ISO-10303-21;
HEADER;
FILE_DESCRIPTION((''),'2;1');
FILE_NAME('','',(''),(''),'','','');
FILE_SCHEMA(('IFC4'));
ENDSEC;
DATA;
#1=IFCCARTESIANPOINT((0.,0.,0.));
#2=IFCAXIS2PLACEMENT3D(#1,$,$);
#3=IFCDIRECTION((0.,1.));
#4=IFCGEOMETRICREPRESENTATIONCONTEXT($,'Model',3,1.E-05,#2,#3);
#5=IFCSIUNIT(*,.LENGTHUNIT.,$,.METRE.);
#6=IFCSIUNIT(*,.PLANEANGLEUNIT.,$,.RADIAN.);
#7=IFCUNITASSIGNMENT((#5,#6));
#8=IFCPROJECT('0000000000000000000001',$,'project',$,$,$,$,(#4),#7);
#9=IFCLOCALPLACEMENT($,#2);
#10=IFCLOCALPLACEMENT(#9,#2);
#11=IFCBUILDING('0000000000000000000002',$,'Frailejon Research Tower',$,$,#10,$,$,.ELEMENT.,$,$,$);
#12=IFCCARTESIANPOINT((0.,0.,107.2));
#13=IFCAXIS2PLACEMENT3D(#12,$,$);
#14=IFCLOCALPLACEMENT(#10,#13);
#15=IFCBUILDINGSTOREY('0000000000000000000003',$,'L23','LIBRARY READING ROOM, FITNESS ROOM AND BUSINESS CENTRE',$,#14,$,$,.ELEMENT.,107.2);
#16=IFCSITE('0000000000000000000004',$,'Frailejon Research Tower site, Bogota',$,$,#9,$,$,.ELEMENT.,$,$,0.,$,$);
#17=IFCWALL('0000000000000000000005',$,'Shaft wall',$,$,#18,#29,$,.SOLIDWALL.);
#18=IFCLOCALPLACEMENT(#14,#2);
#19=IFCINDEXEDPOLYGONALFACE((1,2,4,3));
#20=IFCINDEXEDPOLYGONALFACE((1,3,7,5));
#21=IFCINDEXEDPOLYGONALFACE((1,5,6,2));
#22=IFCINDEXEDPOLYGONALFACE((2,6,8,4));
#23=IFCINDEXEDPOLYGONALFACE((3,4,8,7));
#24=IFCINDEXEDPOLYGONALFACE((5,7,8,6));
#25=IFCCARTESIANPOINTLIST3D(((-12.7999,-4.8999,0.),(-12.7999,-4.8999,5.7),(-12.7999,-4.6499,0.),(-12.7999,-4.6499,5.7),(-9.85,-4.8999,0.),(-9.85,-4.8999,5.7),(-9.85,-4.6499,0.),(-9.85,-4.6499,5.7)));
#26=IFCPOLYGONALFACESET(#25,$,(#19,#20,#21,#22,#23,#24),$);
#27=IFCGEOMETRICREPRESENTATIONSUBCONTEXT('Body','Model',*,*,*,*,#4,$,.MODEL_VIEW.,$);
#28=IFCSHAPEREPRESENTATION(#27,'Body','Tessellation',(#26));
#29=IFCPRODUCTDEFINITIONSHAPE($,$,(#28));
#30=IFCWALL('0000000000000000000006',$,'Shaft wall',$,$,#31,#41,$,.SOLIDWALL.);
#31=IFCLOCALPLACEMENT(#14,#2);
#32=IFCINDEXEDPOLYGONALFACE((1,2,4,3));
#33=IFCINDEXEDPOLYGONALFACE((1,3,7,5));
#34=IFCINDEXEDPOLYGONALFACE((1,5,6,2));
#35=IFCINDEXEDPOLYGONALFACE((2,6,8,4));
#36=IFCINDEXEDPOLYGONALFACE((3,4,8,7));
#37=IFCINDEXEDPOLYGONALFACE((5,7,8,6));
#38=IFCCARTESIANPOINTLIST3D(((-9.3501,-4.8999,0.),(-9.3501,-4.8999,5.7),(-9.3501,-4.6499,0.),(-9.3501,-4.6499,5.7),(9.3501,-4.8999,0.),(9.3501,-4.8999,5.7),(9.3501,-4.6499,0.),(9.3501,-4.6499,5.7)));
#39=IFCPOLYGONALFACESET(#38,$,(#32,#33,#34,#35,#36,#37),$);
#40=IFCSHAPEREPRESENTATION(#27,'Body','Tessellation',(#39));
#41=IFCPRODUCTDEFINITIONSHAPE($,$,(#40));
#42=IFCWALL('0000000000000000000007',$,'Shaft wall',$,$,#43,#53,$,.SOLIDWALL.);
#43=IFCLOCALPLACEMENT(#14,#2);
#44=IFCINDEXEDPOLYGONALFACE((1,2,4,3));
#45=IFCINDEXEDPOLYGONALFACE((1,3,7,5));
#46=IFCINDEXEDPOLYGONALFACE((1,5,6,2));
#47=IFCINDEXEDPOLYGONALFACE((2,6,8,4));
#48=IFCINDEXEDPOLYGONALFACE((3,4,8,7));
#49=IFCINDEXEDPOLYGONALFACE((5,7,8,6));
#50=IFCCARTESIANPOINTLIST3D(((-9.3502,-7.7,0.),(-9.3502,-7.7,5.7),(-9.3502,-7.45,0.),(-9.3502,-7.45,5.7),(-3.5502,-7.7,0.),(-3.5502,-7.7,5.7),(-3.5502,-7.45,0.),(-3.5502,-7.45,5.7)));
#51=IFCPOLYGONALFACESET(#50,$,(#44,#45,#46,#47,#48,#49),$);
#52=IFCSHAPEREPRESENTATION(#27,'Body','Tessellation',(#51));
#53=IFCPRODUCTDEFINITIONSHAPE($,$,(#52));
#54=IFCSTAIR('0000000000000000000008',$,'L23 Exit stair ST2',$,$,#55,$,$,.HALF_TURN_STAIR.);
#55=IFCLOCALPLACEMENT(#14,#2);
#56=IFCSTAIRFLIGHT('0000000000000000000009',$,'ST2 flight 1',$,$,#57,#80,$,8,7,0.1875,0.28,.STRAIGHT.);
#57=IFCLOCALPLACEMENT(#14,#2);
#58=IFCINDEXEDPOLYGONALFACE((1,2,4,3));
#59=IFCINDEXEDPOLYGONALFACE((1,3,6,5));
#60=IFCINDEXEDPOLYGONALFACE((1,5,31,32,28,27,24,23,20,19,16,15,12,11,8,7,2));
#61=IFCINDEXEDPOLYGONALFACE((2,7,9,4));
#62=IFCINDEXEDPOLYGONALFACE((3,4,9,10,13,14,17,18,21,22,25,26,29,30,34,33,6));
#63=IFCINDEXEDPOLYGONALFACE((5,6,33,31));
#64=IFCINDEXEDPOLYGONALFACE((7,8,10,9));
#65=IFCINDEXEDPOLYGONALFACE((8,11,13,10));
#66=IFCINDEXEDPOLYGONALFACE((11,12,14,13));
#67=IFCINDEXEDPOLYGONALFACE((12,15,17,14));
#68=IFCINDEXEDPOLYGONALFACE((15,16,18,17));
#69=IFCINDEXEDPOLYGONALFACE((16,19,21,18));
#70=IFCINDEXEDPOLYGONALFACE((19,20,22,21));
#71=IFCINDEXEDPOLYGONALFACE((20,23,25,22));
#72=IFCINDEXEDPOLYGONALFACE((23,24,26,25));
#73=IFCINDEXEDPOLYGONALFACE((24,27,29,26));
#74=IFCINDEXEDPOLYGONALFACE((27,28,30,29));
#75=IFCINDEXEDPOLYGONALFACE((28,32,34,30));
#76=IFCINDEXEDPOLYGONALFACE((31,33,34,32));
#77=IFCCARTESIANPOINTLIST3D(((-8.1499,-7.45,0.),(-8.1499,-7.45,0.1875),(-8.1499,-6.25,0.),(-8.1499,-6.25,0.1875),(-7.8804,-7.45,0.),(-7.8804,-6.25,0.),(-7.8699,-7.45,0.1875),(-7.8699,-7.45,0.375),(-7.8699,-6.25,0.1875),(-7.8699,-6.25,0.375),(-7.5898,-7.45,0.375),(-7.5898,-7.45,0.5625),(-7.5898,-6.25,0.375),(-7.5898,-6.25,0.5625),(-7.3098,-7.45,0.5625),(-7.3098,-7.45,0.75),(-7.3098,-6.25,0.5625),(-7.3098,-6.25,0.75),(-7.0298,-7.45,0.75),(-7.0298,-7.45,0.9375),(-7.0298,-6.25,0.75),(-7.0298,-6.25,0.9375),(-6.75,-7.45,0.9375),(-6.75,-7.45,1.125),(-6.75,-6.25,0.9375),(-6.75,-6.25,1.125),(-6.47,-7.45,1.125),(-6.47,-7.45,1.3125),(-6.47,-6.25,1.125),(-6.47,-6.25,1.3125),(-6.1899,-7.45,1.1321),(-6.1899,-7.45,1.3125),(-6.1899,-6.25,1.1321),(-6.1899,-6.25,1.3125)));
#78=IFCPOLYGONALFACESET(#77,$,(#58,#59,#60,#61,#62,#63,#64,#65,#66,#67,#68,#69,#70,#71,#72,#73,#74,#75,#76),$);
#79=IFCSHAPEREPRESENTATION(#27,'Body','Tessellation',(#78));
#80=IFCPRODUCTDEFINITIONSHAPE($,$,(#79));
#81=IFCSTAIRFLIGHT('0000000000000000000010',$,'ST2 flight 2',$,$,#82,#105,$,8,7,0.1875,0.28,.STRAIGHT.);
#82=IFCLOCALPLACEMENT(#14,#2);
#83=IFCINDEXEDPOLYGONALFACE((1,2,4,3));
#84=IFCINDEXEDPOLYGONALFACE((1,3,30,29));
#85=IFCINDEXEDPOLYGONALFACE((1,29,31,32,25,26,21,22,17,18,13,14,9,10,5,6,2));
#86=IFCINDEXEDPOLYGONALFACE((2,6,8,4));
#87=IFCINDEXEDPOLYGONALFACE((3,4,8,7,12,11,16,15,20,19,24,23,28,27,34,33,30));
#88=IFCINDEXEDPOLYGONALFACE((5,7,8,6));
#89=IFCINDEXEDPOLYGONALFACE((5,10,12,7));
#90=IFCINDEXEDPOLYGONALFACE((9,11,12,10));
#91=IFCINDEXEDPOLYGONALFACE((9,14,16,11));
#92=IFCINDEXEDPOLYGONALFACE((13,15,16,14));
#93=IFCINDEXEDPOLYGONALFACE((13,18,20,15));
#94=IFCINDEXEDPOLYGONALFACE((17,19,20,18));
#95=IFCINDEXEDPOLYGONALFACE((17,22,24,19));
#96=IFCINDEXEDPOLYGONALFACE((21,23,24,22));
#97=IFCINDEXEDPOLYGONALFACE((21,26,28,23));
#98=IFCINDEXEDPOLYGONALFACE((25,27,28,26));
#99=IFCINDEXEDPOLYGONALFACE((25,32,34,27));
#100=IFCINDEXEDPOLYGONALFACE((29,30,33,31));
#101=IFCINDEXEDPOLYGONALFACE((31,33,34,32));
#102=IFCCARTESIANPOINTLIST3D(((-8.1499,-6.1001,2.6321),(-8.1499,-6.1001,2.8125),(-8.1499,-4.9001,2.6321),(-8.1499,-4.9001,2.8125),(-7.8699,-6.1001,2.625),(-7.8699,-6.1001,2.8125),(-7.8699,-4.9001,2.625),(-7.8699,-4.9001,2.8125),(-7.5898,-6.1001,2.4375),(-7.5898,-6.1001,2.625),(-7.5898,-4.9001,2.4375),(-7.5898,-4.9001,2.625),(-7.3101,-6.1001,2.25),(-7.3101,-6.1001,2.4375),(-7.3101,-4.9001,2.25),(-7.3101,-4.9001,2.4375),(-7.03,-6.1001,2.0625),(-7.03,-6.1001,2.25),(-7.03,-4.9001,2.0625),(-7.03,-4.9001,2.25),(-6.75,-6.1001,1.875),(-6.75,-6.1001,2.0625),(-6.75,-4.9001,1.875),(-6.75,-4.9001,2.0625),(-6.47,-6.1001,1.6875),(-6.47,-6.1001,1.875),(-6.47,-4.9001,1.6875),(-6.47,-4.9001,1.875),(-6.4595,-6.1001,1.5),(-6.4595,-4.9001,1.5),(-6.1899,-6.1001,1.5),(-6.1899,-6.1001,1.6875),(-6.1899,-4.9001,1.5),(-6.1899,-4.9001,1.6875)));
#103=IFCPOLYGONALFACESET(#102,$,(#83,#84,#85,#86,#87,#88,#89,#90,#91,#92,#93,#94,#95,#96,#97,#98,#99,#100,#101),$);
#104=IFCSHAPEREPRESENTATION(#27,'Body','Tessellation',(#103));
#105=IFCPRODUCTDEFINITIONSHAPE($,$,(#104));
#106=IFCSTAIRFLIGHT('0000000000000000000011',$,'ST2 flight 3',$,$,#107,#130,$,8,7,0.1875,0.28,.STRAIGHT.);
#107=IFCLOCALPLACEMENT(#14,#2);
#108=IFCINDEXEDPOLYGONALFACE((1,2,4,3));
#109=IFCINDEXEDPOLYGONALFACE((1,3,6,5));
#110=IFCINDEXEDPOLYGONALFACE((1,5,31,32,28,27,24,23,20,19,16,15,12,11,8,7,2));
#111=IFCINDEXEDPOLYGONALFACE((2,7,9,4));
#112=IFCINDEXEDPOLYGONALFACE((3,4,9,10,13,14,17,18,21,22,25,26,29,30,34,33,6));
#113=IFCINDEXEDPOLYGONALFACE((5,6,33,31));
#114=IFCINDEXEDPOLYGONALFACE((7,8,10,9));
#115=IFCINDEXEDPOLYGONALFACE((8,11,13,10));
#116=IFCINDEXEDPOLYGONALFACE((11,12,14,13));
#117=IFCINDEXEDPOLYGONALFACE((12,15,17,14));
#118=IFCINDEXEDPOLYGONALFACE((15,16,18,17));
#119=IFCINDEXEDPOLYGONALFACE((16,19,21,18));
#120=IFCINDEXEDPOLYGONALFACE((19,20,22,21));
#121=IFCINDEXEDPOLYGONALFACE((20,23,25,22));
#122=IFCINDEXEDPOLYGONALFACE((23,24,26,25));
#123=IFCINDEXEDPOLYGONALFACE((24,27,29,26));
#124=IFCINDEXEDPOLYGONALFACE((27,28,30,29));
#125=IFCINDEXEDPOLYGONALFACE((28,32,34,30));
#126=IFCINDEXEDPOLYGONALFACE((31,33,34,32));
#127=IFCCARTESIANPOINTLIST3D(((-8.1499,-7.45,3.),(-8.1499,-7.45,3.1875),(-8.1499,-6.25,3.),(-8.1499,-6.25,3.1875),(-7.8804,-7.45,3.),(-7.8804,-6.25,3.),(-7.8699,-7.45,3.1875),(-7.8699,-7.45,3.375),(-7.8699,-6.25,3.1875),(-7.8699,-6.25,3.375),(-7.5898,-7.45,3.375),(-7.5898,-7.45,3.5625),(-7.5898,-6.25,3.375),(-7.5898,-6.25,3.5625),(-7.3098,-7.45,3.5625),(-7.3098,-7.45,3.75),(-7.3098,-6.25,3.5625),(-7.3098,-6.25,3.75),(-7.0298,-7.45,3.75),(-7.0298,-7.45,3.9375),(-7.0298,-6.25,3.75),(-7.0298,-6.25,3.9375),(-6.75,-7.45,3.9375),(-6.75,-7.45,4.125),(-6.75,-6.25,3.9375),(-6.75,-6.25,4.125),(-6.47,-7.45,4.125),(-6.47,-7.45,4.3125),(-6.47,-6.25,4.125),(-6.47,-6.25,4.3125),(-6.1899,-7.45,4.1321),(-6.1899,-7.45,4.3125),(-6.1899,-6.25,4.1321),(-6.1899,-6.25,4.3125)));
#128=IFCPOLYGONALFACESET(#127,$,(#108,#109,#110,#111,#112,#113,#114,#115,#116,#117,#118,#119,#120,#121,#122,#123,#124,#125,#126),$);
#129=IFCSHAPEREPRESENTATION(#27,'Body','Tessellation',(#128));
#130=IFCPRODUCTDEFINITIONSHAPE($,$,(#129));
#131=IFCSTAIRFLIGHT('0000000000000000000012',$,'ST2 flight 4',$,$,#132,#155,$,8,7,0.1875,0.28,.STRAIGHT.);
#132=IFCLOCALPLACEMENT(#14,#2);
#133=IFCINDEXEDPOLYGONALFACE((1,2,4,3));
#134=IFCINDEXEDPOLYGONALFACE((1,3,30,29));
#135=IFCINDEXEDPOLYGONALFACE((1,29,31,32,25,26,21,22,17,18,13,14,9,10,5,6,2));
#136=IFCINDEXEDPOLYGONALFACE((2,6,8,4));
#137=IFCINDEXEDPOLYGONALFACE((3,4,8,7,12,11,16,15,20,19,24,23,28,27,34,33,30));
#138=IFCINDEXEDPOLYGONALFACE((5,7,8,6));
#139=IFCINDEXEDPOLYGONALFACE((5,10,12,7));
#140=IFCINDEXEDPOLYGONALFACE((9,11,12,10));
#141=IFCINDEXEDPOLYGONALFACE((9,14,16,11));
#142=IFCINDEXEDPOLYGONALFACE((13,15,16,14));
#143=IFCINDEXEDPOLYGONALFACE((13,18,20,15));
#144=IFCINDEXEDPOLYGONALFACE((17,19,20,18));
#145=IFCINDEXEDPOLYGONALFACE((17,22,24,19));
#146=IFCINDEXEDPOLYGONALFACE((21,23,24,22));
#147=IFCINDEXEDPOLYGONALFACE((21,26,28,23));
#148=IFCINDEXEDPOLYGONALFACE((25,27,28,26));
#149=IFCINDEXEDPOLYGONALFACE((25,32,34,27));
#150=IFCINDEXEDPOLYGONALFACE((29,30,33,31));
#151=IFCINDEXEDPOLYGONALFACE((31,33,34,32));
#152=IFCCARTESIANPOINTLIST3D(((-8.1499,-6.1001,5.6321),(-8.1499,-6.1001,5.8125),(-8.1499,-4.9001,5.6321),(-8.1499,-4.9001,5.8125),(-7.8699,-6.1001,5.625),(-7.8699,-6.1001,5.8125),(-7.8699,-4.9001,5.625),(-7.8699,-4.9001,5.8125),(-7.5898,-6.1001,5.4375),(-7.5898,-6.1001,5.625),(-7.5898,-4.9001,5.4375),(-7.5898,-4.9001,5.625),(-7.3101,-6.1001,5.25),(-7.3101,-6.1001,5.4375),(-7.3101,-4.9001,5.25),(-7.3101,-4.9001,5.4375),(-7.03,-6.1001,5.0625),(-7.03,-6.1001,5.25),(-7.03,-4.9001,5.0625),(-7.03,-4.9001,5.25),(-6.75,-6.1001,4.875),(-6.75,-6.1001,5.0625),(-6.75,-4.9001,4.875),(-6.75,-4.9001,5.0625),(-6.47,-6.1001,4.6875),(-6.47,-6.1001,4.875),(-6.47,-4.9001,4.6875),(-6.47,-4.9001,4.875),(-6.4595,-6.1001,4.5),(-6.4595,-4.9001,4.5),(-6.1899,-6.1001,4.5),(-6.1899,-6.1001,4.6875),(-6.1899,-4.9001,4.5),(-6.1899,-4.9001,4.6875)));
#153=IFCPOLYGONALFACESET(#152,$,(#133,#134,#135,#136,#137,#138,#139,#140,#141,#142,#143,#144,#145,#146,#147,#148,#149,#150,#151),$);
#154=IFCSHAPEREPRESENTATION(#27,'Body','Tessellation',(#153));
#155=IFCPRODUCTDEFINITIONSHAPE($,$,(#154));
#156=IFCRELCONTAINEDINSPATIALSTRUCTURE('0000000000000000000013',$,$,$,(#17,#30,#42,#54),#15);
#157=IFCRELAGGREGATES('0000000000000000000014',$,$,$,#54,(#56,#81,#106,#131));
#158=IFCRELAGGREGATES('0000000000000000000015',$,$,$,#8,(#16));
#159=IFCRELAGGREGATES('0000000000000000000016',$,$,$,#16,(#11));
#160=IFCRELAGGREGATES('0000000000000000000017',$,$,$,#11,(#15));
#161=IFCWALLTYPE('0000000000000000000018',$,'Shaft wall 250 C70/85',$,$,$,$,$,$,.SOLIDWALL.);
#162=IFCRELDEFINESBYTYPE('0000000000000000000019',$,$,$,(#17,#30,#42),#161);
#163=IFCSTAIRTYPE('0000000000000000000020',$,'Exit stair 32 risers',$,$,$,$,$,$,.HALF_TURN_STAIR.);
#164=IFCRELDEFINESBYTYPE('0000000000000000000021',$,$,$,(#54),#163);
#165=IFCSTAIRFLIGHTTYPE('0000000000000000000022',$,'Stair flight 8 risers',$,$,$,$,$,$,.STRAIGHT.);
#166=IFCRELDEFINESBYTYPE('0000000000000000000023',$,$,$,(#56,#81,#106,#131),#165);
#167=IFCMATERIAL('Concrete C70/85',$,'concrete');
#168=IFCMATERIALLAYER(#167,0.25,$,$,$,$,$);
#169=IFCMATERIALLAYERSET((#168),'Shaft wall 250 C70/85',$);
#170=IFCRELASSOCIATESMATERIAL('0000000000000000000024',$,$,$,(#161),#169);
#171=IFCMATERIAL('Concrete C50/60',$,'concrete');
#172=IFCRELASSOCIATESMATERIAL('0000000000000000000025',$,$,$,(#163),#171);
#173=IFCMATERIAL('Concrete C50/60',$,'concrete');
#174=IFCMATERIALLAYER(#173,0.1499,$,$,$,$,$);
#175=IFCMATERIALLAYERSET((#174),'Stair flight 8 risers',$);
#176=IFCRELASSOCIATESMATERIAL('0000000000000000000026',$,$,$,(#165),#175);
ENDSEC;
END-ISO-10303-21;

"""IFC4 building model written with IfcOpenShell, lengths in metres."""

from ifc_helpers import new_model, si_unit, direction, frame, frame_2d, origin, place, context, subcontext, project, spatial, polyline, rectangle, outline, extrude, material, layer, layer_set, type_object, element, aggregate, save


model = new_model("IFC4")

# Units and contexts
model_context = context("Model", 3, precision=1e-05, world=origin(), true_north=direction((0.0, 1.0)))
body_context = subcontext(model_context, "Body", "Model", "MODEL_VIEW")
ifc_project = project(units=[si_unit("LENGTHUNIT", "METRE"), si_unit("PLANEANGLEUNIT", "RADIAN")], contexts=[model_context])

# Site, building, storey
site_placement = place(None, origin())
site = spatial("IfcSite", under=ifc_project, at=site_placement, Name="Frailejon Research Tower site, Bogota", CompositionType="ELEMENT", RefElevation=0.0)
building_placement = place(site_placement, origin())
building = spatial("IfcBuilding", under=site, at=building_placement, Name="Frailejon Research Tower", CompositionType="ELEMENT")
storey_placement = place(building_placement, frame((0.0, 0.0, 107.2)))
storey = spatial("IfcBuildingStorey", under=building, at=storey_placement, Name="L23", Description="LIBRARY READING ROOM, FITNESS ROOM AND BUSINESS CENTRE", CompositionType="ELEMENT", Elevation=107.2)

# Shared definitions
ifc_material_1 = material(Name="Concrete C70/85", Category="concrete")
ifc_layer_1 = layer(ifc_material_1, 0.25)
ifc_layer_set_1 = layer_set([ifc_layer_1], Name="Shaft wall 250 C70/85")
wall_type_1 = type_object("IfcWallType", Name="Shaft wall 250 C70/85", PredefinedType="SOLIDWALL", material=ifc_layer_set_1)

# Walls
wall_1_placement = place(storey_placement, frame((-12.8, -4.7749, 0.0), z_axis=(0.0, 0.0, 1.0), x_axis=(1.0, 0.0, 0.0)))
element("IfcWall", 1, at=wall_1_placement, inside=storey, type_object=wall_type_1, Name="Shaft wall", PredefinedType="SOLIDWALL", context=body_context, shape_type="SweptSolid", body=[
    extrude(rectangle(XDim=2.95, YDim=0.25, at=frame_2d((1.4751, 0.0))), origin(), (0.0, 0.0, 1.0), 5.7),
])
wall_2_placement = place(storey_placement, frame((-9.3501, -4.7749, 0.0), z_axis=(0.0, 0.0, 1.0), x_axis=(1.0, 0.0, 0.0)))
element("IfcWall", 2, at=wall_2_placement, inside=storey, type_object=wall_type_1, Name="Shaft wall", PredefinedType="SOLIDWALL", context=body_context, shape_type="SweptSolid", body=[
    extrude(rectangle(XDim=18.7002, YDim=0.25, at=frame_2d((9.3501, 0.0))), origin(), (0.0, 0.0, 1.0), 5.7),
])
wall_3_placement = place(storey_placement, frame((-9.3501, -7.575, 0.0), z_axis=(0.0, 0.0, 1.0), x_axis=(1.0, 0.0, 0.0)))
element("IfcWall", 3, at=wall_3_placement, inside=storey, type_object=wall_type_1, Name="Shaft wall", PredefinedType="SOLIDWALL", context=body_context, shape_type="SweptSolid", body=[
    extrude(rectangle(XDim=5.8, YDim=0.25, at=frame_2d((2.8999, 0.0))), origin(), (0.0, 0.0, 1.0), 5.7),
])

# Stair, stair flights
ifc_material_2 = material(Name="Concrete C50/60", Category="concrete")
stair_type = type_object("IfcStairType", Name="Exit stair 32 risers", PredefinedType="HALF_TURN_STAIR", material=ifc_material_2)
stair_placement = place(storey_placement, origin())
stair = element("IfcStair", 4, at=stair_placement, inside=storey, type_object=stair_type, Name="L23 Exit stair ST2", PredefinedType="HALF_TURN_STAIR")
ifc_material_3 = material(Name="Concrete C50/60", Category="concrete")
ifc_layer_2 = layer(ifc_material_3, 0.1499)
ifc_layer_set_2 = layer_set([ifc_layer_2], Name="Stair flight 8 risers")
stair_flight_type = type_object("IfcStairFlightType", Name="Stair flight 8 risers", PredefinedType="STRAIGHT", material=ifc_layer_set_2)
stair_flight_1_placement = place(storey_placement, frame((-8.1499, -6.8501, 0.0), z_axis=(0.0, 0.0, 1.0), x_axis=(1.0, 0.0, 0.0)))
stair_flight_1 = element("IfcStairFlight", 5, at=stair_flight_1_placement, type_object=stair_flight_type, Name="ST2 flight 1", NumberOfRisers=8, NumberOfTreads=7, PredefinedType="STRAIGHT", RiserHeight=0.1875, TreadLength=0.28, context=body_context, shape_type="SweptSolid", body=[
    extrude(outline(polyline([(0.0, 0.0), (0.0, 0.1875), (0.28, 0.1875), (0.28, 0.375), (0.5601, 0.375), (0.5601, 0.5625), (0.8401, 0.5625), (0.8401, 0.75), (1.1201, 0.75), (1.1201, 0.9375), (1.3999, 0.9375), (1.3999, 1.125), (1.6799, 1.125), (1.6799, 1.3125), (1.96, 1.3125), (1.96, 1.5), (1.96, 1.1321), (0.2695, 0.0), (0.0, 0.0)])), frame((0.0, 0.6001, 0.0), z_axis=(0.0, -1.0, 0.0), x_axis=(1.0, 0.0, 0.0)), (0.0, 0.0, 1.0), 1.2),
])
stair_flight_2_placement = place(storey_placement, frame((-6.1899, -5.5, 1.5), z_axis=(0.0, 0.0, 1.0), x_axis=(-1.0, 0.0, 0.0)))
stair_flight_2 = element("IfcStairFlight", 6, at=stair_flight_2_placement, type_object=stair_flight_type, Name="ST2 flight 2", NumberOfRisers=8, NumberOfTreads=7, PredefinedType="STRAIGHT", RiserHeight=0.1875, TreadLength=0.28, context=body_context, shape_type="SweptSolid", body=[
    extrude(outline(polyline([(0.0, 0.0), (0.0, 0.1875), (0.28, 0.1875), (0.28, 0.375), (0.5601, 0.375), (0.5601, 0.5625), (0.8401, 0.5625), (0.8401, 0.75), (1.1201, 0.75), (1.1201, 0.9375), (1.3999, 0.9375), (1.3999, 1.125), (1.6799, 1.125), (1.6799, 1.3125), (1.96, 1.3125), (1.96, 1.5), (1.96, 1.1321), (0.2695, 0.0), (0.0, 0.0)])), frame((0.0, 0.6001, 0.0), z_axis=(0.0, -1.0, 0.0), x_axis=(1.0, 0.0, 0.0)), (0.0, 0.0, 1.0), 1.2),
])
stair_flight_3_placement = place(storey_placement, frame((-8.1499, -6.8501, 3.0), z_axis=(0.0, 0.0, 1.0), x_axis=(1.0, 0.0, 0.0)))
stair_flight_3 = element("IfcStairFlight", 7, at=stair_flight_3_placement, type_object=stair_flight_type, Name="ST2 flight 3", NumberOfRisers=8, NumberOfTreads=7, PredefinedType="STRAIGHT", RiserHeight=0.1875, TreadLength=0.28, context=body_context, shape_type="SweptSolid", body=[
    extrude(outline(polyline([(0.0, 0.0), (0.0, 0.1875), (0.28, 0.1875), (0.28, 0.375), (0.5601, 0.375), (0.5601, 0.5625), (0.8401, 0.5625), (0.8401, 0.75), (1.1201, 0.75), (1.1201, 0.9375), (1.3999, 0.9375), (1.3999, 1.125), (1.6799, 1.125), (1.6799, 1.3125), (1.96, 1.3125), (1.96, 1.5), (1.96, 1.1321), (0.2695, 0.0), (0.0, 0.0)])), frame((0.0, 0.6001, 0.0), z_axis=(0.0, -1.0, 0.0), x_axis=(1.0, 0.0, 0.0)), (0.0, 0.0, 1.0), 1.2),
])
stair_flight_4_placement = place(storey_placement, frame((-6.1899, -5.5, 4.5), z_axis=(0.0, 0.0, 1.0), x_axis=(-1.0, 0.0, 0.0)))
stair_flight_4 = element("IfcStairFlight", 8, at=stair_flight_4_placement, type_object=stair_flight_type, Name="ST2 flight 4", NumberOfRisers=8, NumberOfTreads=7, PredefinedType="STRAIGHT", RiserHeight=0.1875, TreadLength=0.28, context=body_context, shape_type="SweptSolid", body=[
    extrude(outline(polyline([(0.0, 0.0), (0.0, 0.1875), (0.28, 0.1875), (0.28, 0.375), (0.5601, 0.375), (0.5601, 0.5625), (0.8401, 0.5625), (0.8401, 0.75), (1.1201, 0.75), (1.1201, 0.9375), (1.3999, 0.9375), (1.3999, 1.125), (1.6799, 1.125), (1.6799, 1.3125), (1.96, 1.3125), (1.96, 1.5), (1.96, 1.1321), (0.2695, 0.0), (0.0, 0.0)])), frame((0.0, 0.6001, 0.0), z_axis=(0.0, -1.0, 0.0), x_axis=(1.0, 0.0, 0.0)), (0.0, 0.0, 1.0), 1.2),
])
aggregate(stair, [stair_flight_1, stair_flight_2, stair_flight_3, stair_flight_4])

save(model, "model.ifc")
